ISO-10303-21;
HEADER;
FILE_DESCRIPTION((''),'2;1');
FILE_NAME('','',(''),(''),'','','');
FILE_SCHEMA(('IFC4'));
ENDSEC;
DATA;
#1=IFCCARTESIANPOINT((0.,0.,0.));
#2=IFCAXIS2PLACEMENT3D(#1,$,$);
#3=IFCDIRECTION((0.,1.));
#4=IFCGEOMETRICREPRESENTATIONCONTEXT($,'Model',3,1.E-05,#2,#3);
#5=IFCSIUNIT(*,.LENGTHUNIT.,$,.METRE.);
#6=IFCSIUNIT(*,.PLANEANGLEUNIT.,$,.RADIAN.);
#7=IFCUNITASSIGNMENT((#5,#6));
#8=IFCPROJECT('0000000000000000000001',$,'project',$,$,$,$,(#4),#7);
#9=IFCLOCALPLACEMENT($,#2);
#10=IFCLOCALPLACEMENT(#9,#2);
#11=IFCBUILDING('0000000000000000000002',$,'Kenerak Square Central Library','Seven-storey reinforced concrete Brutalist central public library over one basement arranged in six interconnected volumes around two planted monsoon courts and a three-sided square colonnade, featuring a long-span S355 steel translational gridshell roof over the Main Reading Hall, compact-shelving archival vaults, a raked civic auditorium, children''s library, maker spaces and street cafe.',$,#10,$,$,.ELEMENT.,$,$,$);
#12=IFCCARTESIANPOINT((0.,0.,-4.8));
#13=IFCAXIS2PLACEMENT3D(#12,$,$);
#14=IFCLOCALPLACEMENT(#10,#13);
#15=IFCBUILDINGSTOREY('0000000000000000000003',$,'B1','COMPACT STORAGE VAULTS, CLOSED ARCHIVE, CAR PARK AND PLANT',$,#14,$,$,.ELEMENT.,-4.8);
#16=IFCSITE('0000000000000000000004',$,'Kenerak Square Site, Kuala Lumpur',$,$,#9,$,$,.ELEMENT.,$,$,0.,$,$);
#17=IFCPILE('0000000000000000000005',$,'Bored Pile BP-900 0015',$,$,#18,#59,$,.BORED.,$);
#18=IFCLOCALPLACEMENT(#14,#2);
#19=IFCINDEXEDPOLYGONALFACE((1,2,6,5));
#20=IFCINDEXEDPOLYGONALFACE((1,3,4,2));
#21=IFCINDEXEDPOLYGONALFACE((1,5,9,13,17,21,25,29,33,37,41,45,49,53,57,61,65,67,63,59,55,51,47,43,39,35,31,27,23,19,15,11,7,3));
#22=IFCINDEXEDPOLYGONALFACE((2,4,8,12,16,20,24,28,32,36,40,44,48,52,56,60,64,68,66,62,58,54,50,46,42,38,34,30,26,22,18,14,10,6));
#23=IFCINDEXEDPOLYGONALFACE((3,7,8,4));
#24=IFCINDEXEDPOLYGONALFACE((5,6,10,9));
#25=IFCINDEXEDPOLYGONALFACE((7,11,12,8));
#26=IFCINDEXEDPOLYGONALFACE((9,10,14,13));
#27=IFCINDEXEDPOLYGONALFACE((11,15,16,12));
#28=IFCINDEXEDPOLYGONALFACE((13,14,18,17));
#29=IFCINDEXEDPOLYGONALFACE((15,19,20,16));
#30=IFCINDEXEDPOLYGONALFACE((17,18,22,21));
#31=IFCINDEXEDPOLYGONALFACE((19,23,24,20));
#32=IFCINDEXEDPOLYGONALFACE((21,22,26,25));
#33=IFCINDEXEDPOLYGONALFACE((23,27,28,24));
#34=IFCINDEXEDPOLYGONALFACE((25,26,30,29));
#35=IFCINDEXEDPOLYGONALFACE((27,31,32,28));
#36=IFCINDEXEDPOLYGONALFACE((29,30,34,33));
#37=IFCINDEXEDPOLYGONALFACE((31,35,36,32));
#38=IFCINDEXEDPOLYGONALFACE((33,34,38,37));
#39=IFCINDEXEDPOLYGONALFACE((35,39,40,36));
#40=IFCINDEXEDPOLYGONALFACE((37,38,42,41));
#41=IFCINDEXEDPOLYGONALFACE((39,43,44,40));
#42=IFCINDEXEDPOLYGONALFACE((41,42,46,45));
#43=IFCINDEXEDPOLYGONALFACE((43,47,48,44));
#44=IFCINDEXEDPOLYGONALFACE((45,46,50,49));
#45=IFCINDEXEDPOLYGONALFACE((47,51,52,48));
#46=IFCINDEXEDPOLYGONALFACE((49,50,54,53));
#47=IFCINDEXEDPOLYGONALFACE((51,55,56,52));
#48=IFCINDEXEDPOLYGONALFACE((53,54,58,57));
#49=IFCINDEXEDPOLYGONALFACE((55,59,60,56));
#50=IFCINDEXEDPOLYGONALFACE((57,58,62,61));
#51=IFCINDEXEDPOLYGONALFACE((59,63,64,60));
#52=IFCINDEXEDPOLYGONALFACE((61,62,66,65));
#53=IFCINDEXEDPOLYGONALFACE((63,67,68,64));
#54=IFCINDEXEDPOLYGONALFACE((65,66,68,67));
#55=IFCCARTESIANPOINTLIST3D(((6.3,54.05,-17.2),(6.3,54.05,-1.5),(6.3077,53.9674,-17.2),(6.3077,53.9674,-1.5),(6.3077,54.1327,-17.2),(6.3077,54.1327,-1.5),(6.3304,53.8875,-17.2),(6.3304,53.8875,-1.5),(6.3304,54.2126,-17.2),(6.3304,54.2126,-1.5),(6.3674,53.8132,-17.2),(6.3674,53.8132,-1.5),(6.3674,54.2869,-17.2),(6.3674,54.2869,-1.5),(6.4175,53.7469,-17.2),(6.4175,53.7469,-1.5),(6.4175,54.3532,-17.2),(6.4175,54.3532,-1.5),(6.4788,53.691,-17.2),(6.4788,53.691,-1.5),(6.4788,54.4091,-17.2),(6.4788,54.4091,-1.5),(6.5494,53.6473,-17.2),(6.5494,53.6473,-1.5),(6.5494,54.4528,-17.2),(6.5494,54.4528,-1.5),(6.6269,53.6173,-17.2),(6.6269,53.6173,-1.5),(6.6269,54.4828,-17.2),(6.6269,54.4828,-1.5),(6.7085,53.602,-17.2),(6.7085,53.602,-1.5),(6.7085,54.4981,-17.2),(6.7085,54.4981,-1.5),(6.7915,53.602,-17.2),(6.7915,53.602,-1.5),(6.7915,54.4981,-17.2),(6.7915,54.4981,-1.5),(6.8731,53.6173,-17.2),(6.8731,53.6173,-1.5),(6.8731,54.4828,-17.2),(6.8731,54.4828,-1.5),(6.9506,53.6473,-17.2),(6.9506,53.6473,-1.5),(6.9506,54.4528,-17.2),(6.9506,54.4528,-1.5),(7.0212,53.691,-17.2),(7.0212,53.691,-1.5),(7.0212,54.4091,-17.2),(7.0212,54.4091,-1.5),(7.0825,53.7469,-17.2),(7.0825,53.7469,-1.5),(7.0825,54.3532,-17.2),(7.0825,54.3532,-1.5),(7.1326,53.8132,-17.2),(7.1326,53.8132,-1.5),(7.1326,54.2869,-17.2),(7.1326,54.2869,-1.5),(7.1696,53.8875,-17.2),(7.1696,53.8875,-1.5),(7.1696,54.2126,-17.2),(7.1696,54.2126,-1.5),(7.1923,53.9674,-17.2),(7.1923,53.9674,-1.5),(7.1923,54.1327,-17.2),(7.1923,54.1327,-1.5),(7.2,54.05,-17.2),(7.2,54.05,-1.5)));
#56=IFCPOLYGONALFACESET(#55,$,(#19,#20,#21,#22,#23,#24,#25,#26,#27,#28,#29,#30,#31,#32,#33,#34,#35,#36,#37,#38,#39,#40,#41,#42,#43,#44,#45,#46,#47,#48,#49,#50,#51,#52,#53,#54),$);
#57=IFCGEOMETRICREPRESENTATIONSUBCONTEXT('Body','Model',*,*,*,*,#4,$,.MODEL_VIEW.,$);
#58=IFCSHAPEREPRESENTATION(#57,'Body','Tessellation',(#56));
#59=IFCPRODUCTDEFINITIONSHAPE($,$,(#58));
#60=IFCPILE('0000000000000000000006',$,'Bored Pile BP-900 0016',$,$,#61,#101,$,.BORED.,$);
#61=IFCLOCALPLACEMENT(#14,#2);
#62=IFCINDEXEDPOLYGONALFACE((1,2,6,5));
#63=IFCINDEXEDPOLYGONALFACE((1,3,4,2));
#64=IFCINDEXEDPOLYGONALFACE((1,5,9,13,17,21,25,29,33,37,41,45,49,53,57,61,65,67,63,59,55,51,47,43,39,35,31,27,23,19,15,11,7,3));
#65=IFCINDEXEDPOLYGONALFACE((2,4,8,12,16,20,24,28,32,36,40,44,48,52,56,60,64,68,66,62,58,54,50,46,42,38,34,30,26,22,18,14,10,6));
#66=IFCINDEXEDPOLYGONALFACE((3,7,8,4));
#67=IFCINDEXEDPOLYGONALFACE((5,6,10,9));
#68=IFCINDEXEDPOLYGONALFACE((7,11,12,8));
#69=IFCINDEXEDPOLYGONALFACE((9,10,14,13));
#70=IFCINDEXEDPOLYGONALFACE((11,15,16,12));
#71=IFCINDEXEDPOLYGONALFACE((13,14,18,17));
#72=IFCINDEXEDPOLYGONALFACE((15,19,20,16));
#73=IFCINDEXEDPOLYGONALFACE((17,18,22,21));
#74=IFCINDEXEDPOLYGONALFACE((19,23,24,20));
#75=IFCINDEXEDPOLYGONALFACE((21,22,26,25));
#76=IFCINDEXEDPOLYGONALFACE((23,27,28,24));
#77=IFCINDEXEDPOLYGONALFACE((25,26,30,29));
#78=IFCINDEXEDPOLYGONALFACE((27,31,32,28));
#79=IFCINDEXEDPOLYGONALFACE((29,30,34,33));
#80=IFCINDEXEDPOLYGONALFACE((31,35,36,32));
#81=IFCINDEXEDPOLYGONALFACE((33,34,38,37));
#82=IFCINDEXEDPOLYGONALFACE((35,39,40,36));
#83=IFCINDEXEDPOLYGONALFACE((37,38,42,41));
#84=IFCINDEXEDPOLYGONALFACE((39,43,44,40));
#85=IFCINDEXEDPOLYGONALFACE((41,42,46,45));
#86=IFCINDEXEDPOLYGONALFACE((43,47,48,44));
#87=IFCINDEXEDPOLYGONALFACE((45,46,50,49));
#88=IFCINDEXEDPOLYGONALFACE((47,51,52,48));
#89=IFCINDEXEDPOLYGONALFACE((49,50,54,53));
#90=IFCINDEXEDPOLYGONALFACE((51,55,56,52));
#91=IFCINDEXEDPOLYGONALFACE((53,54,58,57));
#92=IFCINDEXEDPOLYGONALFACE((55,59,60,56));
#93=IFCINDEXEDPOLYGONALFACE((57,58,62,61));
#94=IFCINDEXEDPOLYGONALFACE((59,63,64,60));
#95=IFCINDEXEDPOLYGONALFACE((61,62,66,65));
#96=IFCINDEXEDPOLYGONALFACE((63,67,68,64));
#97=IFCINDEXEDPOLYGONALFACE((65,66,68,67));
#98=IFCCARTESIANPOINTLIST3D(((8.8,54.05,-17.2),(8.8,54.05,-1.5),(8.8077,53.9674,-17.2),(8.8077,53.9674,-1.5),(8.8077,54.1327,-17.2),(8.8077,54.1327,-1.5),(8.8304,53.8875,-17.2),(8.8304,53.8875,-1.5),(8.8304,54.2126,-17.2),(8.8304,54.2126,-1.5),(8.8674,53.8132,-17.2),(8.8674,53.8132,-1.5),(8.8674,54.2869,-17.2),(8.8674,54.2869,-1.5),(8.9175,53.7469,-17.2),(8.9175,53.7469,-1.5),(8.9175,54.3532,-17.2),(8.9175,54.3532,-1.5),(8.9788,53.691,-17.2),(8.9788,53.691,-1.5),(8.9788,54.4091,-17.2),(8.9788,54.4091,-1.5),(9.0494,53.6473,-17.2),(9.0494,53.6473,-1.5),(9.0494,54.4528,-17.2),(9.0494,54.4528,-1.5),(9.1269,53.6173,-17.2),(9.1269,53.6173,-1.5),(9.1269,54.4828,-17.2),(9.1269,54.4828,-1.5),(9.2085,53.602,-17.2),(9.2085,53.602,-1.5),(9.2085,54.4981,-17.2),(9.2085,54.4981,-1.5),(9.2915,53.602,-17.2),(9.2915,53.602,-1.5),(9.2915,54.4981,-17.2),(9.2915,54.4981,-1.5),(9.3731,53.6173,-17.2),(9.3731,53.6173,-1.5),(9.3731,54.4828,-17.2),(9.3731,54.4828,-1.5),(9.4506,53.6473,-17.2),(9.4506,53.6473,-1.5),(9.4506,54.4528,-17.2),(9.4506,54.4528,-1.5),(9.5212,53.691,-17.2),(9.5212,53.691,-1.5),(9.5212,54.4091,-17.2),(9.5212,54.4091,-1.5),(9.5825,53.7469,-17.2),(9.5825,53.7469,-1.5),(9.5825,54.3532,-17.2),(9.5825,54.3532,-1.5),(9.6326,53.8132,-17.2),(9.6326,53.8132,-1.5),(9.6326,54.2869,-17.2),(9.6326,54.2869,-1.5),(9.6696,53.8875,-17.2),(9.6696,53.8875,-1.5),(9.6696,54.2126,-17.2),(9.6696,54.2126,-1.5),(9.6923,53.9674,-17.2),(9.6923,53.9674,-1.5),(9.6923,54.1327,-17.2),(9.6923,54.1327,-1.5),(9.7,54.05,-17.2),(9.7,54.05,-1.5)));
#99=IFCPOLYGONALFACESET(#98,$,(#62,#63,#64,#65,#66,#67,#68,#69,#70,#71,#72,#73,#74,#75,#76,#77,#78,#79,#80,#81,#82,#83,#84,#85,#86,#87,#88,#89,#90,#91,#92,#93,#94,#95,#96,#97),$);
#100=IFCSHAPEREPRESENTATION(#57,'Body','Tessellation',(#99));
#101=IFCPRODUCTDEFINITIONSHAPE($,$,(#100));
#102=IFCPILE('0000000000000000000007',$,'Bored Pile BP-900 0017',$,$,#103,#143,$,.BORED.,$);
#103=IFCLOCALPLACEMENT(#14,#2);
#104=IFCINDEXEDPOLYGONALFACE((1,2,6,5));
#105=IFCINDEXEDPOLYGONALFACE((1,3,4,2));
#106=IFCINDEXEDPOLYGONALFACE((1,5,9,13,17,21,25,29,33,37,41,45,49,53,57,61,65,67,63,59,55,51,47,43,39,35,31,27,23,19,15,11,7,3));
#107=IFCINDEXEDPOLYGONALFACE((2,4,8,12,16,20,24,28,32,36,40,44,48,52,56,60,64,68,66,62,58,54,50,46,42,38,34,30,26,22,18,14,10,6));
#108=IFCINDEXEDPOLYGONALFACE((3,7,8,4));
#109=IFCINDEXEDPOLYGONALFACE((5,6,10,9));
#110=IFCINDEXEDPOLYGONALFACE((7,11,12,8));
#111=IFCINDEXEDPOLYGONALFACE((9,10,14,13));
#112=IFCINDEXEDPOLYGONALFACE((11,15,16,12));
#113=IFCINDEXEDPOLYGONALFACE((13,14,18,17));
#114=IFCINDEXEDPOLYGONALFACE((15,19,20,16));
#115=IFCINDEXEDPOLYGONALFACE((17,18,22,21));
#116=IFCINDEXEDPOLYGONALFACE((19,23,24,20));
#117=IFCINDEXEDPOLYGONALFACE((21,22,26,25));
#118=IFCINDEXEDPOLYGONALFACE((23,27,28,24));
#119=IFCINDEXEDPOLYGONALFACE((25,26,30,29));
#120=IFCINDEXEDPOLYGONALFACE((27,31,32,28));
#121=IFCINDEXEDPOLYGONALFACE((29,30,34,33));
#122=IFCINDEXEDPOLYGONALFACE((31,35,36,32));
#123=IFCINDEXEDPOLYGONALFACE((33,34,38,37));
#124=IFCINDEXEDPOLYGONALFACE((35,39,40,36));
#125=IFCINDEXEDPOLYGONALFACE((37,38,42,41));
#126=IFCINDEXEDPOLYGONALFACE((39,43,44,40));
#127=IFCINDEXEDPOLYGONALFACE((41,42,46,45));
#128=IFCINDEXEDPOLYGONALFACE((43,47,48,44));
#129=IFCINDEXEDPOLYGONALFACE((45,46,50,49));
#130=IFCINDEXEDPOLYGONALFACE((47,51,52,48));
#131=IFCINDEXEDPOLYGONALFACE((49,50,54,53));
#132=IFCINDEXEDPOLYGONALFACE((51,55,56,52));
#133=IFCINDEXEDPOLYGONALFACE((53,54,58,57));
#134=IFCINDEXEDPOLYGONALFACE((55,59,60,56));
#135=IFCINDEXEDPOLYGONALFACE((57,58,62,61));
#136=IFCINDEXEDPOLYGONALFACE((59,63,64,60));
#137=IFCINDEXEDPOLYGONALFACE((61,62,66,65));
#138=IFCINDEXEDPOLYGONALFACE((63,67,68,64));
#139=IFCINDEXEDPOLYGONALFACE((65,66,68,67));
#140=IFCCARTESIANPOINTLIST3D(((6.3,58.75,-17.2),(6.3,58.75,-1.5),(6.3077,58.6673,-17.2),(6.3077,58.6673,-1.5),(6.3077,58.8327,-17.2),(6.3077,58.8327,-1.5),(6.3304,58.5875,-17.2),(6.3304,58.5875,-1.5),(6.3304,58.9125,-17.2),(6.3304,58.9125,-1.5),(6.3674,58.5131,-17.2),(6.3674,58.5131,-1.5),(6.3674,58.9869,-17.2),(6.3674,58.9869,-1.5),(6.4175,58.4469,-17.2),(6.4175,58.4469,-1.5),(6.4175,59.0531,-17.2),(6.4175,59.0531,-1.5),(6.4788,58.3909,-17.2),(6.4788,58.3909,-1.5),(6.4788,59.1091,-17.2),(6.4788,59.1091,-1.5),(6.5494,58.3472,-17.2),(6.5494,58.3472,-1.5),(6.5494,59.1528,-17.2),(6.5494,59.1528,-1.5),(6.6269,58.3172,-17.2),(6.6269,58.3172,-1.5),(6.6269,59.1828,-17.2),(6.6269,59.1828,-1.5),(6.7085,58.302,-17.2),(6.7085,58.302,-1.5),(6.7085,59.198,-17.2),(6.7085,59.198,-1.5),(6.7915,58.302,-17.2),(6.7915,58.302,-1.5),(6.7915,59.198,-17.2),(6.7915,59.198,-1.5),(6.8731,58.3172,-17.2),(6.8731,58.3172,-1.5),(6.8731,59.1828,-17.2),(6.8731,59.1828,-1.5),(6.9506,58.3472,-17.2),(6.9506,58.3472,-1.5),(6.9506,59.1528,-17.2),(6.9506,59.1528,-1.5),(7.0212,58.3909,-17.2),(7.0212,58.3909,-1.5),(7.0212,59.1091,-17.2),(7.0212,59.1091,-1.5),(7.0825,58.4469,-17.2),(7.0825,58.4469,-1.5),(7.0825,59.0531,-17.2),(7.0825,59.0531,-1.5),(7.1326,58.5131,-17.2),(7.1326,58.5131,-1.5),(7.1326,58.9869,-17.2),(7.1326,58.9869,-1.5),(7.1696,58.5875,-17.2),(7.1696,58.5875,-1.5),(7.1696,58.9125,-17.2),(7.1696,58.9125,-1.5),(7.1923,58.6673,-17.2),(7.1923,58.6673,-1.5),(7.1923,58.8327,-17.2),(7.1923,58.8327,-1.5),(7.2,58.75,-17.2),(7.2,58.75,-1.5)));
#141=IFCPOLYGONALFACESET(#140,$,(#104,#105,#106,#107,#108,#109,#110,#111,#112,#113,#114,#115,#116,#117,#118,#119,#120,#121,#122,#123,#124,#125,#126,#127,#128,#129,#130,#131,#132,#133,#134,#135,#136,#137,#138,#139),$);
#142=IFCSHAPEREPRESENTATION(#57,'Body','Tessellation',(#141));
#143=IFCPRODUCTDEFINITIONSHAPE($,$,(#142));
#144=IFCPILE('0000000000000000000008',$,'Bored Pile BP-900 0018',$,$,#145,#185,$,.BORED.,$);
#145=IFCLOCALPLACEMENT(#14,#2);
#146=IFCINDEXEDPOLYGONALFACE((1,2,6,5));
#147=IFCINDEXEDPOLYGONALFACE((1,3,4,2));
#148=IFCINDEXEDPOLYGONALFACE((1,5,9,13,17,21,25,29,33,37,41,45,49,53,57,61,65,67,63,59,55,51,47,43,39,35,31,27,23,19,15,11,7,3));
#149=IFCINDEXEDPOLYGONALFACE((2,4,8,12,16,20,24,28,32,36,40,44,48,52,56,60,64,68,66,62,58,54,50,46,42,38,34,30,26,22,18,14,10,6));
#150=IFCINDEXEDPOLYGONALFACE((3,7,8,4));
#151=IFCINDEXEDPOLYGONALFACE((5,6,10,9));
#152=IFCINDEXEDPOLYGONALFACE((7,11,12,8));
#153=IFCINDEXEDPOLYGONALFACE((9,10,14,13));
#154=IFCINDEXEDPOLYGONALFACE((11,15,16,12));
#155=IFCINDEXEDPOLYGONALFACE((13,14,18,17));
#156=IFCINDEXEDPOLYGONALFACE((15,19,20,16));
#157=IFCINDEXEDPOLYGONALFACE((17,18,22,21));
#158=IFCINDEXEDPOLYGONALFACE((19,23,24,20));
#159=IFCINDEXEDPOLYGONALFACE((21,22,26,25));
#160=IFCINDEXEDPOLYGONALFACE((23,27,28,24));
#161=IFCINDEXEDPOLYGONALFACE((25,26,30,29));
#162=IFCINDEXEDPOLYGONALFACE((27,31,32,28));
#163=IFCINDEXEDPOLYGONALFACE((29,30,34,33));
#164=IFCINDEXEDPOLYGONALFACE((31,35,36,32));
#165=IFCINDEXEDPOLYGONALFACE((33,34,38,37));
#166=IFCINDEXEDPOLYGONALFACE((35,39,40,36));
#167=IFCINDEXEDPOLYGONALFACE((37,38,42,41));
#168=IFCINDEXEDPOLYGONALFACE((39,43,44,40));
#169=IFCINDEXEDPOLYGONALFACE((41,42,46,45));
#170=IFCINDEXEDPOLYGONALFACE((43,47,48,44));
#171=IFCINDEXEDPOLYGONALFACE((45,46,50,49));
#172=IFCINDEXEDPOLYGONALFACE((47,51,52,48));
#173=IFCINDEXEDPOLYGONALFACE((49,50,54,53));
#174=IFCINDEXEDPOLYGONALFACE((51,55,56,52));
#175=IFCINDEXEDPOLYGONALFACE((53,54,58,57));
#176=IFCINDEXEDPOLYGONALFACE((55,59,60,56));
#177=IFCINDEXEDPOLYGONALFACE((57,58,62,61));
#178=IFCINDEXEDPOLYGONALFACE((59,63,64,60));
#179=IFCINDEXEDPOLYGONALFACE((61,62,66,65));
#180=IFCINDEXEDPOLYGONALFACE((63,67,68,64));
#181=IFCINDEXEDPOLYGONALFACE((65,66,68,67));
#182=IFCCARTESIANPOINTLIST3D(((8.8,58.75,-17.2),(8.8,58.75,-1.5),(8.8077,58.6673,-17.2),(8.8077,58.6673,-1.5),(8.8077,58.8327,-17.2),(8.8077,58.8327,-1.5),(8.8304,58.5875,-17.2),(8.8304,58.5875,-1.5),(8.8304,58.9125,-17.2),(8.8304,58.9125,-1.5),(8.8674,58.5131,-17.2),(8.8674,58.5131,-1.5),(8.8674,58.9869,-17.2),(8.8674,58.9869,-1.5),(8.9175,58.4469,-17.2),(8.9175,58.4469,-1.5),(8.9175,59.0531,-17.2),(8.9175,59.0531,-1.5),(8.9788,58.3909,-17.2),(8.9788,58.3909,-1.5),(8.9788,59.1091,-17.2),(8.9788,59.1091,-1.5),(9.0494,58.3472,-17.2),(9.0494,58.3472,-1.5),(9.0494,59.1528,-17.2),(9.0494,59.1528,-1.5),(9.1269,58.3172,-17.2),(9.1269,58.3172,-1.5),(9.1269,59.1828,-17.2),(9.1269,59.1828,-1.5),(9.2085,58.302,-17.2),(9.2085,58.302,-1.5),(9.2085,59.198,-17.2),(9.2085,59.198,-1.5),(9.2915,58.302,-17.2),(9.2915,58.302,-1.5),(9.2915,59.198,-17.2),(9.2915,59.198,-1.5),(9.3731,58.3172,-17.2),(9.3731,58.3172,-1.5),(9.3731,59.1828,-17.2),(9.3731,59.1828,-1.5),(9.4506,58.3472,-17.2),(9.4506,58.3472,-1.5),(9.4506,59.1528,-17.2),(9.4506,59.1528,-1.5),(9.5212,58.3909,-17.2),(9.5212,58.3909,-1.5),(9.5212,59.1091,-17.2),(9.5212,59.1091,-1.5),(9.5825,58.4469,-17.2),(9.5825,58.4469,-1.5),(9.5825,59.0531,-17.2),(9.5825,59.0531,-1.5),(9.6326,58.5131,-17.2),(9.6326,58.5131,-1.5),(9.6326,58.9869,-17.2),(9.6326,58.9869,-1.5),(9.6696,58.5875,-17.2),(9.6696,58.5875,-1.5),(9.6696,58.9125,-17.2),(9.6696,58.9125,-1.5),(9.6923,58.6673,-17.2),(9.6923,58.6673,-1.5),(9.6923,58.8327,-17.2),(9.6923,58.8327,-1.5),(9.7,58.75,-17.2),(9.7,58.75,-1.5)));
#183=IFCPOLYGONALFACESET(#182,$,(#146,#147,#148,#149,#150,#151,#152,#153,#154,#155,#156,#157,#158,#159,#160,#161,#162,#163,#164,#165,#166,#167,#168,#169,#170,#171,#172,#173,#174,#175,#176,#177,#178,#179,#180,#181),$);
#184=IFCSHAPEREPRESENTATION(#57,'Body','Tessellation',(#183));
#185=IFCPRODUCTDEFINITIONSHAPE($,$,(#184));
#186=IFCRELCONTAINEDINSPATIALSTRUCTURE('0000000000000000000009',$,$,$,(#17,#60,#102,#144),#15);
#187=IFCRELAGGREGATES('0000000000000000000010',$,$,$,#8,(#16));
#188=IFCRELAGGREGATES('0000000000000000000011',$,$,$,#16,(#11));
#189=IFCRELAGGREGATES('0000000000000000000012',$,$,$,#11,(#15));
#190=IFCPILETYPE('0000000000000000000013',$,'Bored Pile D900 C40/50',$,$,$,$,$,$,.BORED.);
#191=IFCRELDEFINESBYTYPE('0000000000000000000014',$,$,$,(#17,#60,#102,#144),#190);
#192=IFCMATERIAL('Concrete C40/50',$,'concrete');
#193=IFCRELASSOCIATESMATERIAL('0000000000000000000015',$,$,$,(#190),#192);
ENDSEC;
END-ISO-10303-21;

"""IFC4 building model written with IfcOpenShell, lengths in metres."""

from ifc_helpers import new_model, si_unit, direction, frame, origin, origin_2d, place, context, subcontext, project, spatial, circle, extrude, material, material_profile, profile_set, type_object, element, save


model = new_model("IFC4")

# Units and contexts
model_context = context("Model", 3, precision=1e-05, world=origin(), true_north=direction((0.0, 1.0)))
body_context = subcontext(model_context, "Body", "Model", "MODEL_VIEW")
ifc_project = project(units=[si_unit("LENGTHUNIT", "METRE"), si_unit("PLANEANGLEUNIT", "RADIAN")], contexts=[model_context])

# Site, building, storey
site_placement = place(None, origin())
site = spatial("IfcSite", under=ifc_project, at=site_placement, Name="Kenerak Square Site, Kuala Lumpur", CompositionType="ELEMENT", RefElevation=0.0)
building_placement = place(site_placement, origin())
building = spatial("IfcBuilding", under=site, at=building_placement, Name="Kenerak Square Central Library", Description="Seven-storey reinforced concrete Brutalist central public library over one basement arranged in six interconnected volumes around two planted monsoon courts and a three-sided square colonnade, featuring a long-span S355 steel translational gridshell roof over the Main Reading Hall, compact-shelving archival vaults, a raked civic auditorium, children's library, maker spaces and street cafe.", CompositionType="ELEMENT")
storey_placement = place(building_placement, frame((0.0, 0.0, -4.8)))
storey = spatial("IfcBuildingStorey", under=building, at=storey_placement, Name="B1", Description="COMPACT STORAGE VAULTS, CLOSED ARCHIVE, CAR PARK AND PLANT", CompositionType="ELEMENT", Elevation=-4.8)

# Piles
ifc_material_1 = material(Name="Concrete C40/50", Category="concrete")
ifc_material_profile_1 = material_profile(ifc_material_1, circle(Radius=0.45, at=origin_2d()), Name="BP D900")
ifc_profile_set_1 = profile_set([ifc_material_profile_1], Name="Concrete C40/50")
pile_type = type_object("IfcPileType", Name="Bored Pile D900 C40/50", PredefinedType="BORED", material=ifc_profile_set_1)
for number, where, z_axis, x_axis, name in (
    (1, (6.75, 54.05, -1.5), (0.0, 0.0, -1.0), (1.0, 0.0, 0.0), "Bored Pile BP-900 0015"),
    (2, (9.25, 54.05, -1.5), (0.0, 0.0, -1.0), (1.0, 0.0, 0.0), "Bored Pile BP-900 0016"),
    (3, (6.75, 58.75, -1.5), (0.0, 0.0, -1.0), (1.0, 0.0, 0.0), "Bored Pile BP-900 0017"),
    (4, (9.25, 58.75, -1.5), (0.0, 0.0, -1.0), (1.0, 0.0, 0.0), "Bored Pile BP-900 0018"),
):
    element("IfcPile", number, at=place(storey_placement, frame(where, z_axis=z_axis, x_axis=x_axis)), inside=storey, type_object=pile_type, Name=name, PredefinedType="BORED", context=body_context, shape_type="SweptSolid", body=[
        extrude(circle(Radius=0.45, at=origin_2d()), origin(), (0.0, 0.0, 1.0), 15.7),
    ])

save(model, "model.ifc")
